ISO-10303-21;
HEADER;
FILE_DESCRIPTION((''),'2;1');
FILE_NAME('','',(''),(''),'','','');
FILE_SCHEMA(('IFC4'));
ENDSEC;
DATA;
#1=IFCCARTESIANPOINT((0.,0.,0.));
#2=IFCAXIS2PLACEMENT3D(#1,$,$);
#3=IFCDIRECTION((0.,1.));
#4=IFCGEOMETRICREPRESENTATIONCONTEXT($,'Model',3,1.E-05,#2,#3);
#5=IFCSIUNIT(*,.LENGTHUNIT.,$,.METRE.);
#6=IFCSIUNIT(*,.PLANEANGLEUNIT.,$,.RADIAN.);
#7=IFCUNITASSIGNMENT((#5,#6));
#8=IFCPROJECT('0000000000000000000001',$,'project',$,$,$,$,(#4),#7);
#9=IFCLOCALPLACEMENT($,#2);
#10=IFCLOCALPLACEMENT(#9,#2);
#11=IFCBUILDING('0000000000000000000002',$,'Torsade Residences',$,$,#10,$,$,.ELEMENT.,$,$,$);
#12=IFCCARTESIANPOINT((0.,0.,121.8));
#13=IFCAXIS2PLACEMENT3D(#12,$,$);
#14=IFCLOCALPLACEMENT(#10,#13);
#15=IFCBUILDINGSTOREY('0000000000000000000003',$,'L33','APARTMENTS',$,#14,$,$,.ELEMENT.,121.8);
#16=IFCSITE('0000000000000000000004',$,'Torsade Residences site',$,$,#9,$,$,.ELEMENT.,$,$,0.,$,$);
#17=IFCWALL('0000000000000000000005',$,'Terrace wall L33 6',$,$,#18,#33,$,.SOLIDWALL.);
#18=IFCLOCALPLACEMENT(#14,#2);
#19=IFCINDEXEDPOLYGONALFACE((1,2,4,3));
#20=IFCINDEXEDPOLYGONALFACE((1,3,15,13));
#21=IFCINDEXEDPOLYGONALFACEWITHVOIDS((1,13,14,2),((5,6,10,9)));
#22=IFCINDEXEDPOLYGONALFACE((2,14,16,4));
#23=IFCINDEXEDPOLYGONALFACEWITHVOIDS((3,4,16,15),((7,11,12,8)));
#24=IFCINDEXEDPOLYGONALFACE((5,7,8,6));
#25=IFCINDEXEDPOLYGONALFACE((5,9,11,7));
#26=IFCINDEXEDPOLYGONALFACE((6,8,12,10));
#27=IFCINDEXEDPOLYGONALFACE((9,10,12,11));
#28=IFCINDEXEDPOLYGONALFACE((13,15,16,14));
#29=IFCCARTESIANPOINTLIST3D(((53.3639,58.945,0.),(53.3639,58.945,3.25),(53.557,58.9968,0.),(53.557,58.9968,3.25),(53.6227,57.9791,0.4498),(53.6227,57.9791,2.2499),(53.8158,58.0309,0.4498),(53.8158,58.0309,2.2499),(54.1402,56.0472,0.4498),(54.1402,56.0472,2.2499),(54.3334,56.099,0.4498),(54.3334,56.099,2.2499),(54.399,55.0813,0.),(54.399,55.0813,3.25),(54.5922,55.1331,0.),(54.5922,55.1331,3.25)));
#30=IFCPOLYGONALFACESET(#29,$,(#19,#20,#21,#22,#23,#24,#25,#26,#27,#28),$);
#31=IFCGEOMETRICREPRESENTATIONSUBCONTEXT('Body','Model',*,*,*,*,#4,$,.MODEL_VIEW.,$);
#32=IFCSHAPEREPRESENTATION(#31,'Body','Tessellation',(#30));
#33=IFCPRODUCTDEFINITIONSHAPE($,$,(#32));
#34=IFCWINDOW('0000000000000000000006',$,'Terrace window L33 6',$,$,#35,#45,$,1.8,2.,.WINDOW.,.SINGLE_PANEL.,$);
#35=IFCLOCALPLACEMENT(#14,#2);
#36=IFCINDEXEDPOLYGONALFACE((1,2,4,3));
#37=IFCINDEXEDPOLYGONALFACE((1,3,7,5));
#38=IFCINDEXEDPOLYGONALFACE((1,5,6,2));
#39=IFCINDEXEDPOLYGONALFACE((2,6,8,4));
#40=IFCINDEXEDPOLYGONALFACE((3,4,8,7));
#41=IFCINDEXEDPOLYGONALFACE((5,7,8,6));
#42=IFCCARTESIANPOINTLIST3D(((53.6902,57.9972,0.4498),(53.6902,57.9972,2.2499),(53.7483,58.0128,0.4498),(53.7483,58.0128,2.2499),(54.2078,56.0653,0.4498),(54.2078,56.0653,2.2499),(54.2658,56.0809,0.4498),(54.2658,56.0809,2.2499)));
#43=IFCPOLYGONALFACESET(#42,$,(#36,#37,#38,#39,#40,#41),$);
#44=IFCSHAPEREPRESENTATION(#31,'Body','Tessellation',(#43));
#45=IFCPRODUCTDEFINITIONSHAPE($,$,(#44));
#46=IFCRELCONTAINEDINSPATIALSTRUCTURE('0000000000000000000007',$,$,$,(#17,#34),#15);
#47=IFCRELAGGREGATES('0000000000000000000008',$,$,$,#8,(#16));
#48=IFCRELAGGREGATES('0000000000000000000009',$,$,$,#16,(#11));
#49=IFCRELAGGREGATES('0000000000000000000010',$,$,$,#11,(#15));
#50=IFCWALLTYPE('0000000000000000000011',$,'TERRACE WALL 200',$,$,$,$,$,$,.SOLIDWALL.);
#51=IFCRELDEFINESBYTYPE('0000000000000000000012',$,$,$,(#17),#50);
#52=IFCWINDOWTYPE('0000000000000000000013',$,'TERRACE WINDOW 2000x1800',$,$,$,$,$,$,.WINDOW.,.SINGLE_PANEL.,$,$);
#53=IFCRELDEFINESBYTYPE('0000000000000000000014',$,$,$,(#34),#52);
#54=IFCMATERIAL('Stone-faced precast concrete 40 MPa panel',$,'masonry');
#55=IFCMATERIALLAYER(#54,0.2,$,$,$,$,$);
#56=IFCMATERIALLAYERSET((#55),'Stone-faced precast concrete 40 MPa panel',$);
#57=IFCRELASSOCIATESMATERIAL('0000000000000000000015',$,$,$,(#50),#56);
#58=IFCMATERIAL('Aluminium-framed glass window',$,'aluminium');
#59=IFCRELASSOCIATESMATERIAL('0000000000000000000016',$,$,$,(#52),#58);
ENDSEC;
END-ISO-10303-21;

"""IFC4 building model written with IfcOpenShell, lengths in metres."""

from ifc_helpers import new_model, si_unit, direction, frame, frame_2d, origin, place, context, subcontext, project, spatial, rectangle, extrude, material, layer, layer_set, type_object, element, fill, save


model = new_model("IFC4")

# Units and contexts
model_context = context("Model", 3, precision=1e-05, world=origin(), true_north=direction((0.0, 1.0)))
body_context = subcontext(model_context, "Body", "Model", "MODEL_VIEW")
ifc_project = project(units=[si_unit("LENGTHUNIT", "METRE"), si_unit("PLANEANGLEUNIT", "RADIAN")], contexts=[model_context])

# Site, building, storey
site_placement = place(None, origin())
site = spatial("IfcSite", under=ifc_project, at=site_placement, Name="Torsade Residences site", CompositionType="ELEMENT", RefElevation=0.0)
building_placement = place(site_placement, origin())
building = spatial("IfcBuilding", under=site, at=building_placement, Name="Torsade Residences", CompositionType="ELEMENT")
storey_placement = place(building_placement, frame((0.0, 0.0, 121.8)))
storey = spatial("IfcBuildingStorey", under=building, at=storey_placement, Name="L33", Description="APARTMENTS", CompositionType="ELEMENT", Elevation=121.8)

# Shared definitions
ifc_material_1 = material(Name="Stone-faced precast concrete 40 MPa panel", Category="masonry")
ifc_layer_1 = layer(ifc_material_1, 0.2)
ifc_layer_set_1 = layer_set([ifc_layer_1], Name="Stone-faced precast concrete 40 MPa panel")
wall_type_1 = type_object("IfcWallType", Name="TERRACE WALL 200", PredefinedType="SOLIDWALL", material=ifc_layer_set_1)

# Wall, opening, window
wall_1_placement = place(storey_placement, frame((54.4956, 55.1072, 0.0), z_axis=(0.0, 0.0, 1.0), x_axis=(-0.258787, 0.965934, 0.0)))
wall_1 = element("IfcWall", 1, at=wall_1_placement, inside=storey, type_object=wall_type_1, Name="Terrace wall L33 6", PredefinedType="SOLIDWALL", context=body_context, shape_type="SweptSolid", body=[
    extrude(rectangle(XDim=4.0, YDim=0.2, at=frame_2d((2.0, 0.0))), origin(), (0.0, 0.0, 1.0), 3.25),
])
opening_1_placement = place(wall_1_placement, frame((1.0, 0.0, 0.45)))
opening_1 = element("IfcOpeningElement", 2, at=opening_1_placement, cuts=wall_1, PredefinedType="OPENING", context=body_context, shape_type="SweptSolid", body=[
    extrude(rectangle(XDim=2.0, YDim=1.8, at=frame_2d((1.0, 0.8999))), frame((0.0, 0.1099, 0.0), z_axis=(0.0, -1.0, 0.0), x_axis=(1.0, 0.0, 0.0)), (0.0, 0.0, 1.0), 0.22),
])
ifc_material_2 = material(Name="Aluminium-framed glass window", Category="aluminium")
window_type = type_object("IfcWindowType", Name="TERRACE WINDOW 2000x1800", PartitioningType="SINGLE_PANEL", PredefinedType="WINDOW", material=ifc_material_2)
window_placement = place(opening_1_placement, origin())
window = element("IfcWindow", 3, at=window_placement, inside=storey, type_object=window_type, Name="Terrace window L33 6", OverallHeight=1.8, OverallWidth=2.0, PartitioningType="SINGLE_PANEL", PredefinedType="WINDOW", context=body_context, shape_type="SweptSolid", body=[
    extrude(rectangle(XDim=2.0, YDim=1.8, at=frame_2d((1.0, 0.8999))), frame((0.0, 0.03, 0.0), z_axis=(0.0, -1.0, 0.0), x_axis=(1.0, 0.0, 0.0)), (0.0, 0.0, 1.0), 0.0601),
])
fill(opening_1, window)

save(model, "model.ifc")
